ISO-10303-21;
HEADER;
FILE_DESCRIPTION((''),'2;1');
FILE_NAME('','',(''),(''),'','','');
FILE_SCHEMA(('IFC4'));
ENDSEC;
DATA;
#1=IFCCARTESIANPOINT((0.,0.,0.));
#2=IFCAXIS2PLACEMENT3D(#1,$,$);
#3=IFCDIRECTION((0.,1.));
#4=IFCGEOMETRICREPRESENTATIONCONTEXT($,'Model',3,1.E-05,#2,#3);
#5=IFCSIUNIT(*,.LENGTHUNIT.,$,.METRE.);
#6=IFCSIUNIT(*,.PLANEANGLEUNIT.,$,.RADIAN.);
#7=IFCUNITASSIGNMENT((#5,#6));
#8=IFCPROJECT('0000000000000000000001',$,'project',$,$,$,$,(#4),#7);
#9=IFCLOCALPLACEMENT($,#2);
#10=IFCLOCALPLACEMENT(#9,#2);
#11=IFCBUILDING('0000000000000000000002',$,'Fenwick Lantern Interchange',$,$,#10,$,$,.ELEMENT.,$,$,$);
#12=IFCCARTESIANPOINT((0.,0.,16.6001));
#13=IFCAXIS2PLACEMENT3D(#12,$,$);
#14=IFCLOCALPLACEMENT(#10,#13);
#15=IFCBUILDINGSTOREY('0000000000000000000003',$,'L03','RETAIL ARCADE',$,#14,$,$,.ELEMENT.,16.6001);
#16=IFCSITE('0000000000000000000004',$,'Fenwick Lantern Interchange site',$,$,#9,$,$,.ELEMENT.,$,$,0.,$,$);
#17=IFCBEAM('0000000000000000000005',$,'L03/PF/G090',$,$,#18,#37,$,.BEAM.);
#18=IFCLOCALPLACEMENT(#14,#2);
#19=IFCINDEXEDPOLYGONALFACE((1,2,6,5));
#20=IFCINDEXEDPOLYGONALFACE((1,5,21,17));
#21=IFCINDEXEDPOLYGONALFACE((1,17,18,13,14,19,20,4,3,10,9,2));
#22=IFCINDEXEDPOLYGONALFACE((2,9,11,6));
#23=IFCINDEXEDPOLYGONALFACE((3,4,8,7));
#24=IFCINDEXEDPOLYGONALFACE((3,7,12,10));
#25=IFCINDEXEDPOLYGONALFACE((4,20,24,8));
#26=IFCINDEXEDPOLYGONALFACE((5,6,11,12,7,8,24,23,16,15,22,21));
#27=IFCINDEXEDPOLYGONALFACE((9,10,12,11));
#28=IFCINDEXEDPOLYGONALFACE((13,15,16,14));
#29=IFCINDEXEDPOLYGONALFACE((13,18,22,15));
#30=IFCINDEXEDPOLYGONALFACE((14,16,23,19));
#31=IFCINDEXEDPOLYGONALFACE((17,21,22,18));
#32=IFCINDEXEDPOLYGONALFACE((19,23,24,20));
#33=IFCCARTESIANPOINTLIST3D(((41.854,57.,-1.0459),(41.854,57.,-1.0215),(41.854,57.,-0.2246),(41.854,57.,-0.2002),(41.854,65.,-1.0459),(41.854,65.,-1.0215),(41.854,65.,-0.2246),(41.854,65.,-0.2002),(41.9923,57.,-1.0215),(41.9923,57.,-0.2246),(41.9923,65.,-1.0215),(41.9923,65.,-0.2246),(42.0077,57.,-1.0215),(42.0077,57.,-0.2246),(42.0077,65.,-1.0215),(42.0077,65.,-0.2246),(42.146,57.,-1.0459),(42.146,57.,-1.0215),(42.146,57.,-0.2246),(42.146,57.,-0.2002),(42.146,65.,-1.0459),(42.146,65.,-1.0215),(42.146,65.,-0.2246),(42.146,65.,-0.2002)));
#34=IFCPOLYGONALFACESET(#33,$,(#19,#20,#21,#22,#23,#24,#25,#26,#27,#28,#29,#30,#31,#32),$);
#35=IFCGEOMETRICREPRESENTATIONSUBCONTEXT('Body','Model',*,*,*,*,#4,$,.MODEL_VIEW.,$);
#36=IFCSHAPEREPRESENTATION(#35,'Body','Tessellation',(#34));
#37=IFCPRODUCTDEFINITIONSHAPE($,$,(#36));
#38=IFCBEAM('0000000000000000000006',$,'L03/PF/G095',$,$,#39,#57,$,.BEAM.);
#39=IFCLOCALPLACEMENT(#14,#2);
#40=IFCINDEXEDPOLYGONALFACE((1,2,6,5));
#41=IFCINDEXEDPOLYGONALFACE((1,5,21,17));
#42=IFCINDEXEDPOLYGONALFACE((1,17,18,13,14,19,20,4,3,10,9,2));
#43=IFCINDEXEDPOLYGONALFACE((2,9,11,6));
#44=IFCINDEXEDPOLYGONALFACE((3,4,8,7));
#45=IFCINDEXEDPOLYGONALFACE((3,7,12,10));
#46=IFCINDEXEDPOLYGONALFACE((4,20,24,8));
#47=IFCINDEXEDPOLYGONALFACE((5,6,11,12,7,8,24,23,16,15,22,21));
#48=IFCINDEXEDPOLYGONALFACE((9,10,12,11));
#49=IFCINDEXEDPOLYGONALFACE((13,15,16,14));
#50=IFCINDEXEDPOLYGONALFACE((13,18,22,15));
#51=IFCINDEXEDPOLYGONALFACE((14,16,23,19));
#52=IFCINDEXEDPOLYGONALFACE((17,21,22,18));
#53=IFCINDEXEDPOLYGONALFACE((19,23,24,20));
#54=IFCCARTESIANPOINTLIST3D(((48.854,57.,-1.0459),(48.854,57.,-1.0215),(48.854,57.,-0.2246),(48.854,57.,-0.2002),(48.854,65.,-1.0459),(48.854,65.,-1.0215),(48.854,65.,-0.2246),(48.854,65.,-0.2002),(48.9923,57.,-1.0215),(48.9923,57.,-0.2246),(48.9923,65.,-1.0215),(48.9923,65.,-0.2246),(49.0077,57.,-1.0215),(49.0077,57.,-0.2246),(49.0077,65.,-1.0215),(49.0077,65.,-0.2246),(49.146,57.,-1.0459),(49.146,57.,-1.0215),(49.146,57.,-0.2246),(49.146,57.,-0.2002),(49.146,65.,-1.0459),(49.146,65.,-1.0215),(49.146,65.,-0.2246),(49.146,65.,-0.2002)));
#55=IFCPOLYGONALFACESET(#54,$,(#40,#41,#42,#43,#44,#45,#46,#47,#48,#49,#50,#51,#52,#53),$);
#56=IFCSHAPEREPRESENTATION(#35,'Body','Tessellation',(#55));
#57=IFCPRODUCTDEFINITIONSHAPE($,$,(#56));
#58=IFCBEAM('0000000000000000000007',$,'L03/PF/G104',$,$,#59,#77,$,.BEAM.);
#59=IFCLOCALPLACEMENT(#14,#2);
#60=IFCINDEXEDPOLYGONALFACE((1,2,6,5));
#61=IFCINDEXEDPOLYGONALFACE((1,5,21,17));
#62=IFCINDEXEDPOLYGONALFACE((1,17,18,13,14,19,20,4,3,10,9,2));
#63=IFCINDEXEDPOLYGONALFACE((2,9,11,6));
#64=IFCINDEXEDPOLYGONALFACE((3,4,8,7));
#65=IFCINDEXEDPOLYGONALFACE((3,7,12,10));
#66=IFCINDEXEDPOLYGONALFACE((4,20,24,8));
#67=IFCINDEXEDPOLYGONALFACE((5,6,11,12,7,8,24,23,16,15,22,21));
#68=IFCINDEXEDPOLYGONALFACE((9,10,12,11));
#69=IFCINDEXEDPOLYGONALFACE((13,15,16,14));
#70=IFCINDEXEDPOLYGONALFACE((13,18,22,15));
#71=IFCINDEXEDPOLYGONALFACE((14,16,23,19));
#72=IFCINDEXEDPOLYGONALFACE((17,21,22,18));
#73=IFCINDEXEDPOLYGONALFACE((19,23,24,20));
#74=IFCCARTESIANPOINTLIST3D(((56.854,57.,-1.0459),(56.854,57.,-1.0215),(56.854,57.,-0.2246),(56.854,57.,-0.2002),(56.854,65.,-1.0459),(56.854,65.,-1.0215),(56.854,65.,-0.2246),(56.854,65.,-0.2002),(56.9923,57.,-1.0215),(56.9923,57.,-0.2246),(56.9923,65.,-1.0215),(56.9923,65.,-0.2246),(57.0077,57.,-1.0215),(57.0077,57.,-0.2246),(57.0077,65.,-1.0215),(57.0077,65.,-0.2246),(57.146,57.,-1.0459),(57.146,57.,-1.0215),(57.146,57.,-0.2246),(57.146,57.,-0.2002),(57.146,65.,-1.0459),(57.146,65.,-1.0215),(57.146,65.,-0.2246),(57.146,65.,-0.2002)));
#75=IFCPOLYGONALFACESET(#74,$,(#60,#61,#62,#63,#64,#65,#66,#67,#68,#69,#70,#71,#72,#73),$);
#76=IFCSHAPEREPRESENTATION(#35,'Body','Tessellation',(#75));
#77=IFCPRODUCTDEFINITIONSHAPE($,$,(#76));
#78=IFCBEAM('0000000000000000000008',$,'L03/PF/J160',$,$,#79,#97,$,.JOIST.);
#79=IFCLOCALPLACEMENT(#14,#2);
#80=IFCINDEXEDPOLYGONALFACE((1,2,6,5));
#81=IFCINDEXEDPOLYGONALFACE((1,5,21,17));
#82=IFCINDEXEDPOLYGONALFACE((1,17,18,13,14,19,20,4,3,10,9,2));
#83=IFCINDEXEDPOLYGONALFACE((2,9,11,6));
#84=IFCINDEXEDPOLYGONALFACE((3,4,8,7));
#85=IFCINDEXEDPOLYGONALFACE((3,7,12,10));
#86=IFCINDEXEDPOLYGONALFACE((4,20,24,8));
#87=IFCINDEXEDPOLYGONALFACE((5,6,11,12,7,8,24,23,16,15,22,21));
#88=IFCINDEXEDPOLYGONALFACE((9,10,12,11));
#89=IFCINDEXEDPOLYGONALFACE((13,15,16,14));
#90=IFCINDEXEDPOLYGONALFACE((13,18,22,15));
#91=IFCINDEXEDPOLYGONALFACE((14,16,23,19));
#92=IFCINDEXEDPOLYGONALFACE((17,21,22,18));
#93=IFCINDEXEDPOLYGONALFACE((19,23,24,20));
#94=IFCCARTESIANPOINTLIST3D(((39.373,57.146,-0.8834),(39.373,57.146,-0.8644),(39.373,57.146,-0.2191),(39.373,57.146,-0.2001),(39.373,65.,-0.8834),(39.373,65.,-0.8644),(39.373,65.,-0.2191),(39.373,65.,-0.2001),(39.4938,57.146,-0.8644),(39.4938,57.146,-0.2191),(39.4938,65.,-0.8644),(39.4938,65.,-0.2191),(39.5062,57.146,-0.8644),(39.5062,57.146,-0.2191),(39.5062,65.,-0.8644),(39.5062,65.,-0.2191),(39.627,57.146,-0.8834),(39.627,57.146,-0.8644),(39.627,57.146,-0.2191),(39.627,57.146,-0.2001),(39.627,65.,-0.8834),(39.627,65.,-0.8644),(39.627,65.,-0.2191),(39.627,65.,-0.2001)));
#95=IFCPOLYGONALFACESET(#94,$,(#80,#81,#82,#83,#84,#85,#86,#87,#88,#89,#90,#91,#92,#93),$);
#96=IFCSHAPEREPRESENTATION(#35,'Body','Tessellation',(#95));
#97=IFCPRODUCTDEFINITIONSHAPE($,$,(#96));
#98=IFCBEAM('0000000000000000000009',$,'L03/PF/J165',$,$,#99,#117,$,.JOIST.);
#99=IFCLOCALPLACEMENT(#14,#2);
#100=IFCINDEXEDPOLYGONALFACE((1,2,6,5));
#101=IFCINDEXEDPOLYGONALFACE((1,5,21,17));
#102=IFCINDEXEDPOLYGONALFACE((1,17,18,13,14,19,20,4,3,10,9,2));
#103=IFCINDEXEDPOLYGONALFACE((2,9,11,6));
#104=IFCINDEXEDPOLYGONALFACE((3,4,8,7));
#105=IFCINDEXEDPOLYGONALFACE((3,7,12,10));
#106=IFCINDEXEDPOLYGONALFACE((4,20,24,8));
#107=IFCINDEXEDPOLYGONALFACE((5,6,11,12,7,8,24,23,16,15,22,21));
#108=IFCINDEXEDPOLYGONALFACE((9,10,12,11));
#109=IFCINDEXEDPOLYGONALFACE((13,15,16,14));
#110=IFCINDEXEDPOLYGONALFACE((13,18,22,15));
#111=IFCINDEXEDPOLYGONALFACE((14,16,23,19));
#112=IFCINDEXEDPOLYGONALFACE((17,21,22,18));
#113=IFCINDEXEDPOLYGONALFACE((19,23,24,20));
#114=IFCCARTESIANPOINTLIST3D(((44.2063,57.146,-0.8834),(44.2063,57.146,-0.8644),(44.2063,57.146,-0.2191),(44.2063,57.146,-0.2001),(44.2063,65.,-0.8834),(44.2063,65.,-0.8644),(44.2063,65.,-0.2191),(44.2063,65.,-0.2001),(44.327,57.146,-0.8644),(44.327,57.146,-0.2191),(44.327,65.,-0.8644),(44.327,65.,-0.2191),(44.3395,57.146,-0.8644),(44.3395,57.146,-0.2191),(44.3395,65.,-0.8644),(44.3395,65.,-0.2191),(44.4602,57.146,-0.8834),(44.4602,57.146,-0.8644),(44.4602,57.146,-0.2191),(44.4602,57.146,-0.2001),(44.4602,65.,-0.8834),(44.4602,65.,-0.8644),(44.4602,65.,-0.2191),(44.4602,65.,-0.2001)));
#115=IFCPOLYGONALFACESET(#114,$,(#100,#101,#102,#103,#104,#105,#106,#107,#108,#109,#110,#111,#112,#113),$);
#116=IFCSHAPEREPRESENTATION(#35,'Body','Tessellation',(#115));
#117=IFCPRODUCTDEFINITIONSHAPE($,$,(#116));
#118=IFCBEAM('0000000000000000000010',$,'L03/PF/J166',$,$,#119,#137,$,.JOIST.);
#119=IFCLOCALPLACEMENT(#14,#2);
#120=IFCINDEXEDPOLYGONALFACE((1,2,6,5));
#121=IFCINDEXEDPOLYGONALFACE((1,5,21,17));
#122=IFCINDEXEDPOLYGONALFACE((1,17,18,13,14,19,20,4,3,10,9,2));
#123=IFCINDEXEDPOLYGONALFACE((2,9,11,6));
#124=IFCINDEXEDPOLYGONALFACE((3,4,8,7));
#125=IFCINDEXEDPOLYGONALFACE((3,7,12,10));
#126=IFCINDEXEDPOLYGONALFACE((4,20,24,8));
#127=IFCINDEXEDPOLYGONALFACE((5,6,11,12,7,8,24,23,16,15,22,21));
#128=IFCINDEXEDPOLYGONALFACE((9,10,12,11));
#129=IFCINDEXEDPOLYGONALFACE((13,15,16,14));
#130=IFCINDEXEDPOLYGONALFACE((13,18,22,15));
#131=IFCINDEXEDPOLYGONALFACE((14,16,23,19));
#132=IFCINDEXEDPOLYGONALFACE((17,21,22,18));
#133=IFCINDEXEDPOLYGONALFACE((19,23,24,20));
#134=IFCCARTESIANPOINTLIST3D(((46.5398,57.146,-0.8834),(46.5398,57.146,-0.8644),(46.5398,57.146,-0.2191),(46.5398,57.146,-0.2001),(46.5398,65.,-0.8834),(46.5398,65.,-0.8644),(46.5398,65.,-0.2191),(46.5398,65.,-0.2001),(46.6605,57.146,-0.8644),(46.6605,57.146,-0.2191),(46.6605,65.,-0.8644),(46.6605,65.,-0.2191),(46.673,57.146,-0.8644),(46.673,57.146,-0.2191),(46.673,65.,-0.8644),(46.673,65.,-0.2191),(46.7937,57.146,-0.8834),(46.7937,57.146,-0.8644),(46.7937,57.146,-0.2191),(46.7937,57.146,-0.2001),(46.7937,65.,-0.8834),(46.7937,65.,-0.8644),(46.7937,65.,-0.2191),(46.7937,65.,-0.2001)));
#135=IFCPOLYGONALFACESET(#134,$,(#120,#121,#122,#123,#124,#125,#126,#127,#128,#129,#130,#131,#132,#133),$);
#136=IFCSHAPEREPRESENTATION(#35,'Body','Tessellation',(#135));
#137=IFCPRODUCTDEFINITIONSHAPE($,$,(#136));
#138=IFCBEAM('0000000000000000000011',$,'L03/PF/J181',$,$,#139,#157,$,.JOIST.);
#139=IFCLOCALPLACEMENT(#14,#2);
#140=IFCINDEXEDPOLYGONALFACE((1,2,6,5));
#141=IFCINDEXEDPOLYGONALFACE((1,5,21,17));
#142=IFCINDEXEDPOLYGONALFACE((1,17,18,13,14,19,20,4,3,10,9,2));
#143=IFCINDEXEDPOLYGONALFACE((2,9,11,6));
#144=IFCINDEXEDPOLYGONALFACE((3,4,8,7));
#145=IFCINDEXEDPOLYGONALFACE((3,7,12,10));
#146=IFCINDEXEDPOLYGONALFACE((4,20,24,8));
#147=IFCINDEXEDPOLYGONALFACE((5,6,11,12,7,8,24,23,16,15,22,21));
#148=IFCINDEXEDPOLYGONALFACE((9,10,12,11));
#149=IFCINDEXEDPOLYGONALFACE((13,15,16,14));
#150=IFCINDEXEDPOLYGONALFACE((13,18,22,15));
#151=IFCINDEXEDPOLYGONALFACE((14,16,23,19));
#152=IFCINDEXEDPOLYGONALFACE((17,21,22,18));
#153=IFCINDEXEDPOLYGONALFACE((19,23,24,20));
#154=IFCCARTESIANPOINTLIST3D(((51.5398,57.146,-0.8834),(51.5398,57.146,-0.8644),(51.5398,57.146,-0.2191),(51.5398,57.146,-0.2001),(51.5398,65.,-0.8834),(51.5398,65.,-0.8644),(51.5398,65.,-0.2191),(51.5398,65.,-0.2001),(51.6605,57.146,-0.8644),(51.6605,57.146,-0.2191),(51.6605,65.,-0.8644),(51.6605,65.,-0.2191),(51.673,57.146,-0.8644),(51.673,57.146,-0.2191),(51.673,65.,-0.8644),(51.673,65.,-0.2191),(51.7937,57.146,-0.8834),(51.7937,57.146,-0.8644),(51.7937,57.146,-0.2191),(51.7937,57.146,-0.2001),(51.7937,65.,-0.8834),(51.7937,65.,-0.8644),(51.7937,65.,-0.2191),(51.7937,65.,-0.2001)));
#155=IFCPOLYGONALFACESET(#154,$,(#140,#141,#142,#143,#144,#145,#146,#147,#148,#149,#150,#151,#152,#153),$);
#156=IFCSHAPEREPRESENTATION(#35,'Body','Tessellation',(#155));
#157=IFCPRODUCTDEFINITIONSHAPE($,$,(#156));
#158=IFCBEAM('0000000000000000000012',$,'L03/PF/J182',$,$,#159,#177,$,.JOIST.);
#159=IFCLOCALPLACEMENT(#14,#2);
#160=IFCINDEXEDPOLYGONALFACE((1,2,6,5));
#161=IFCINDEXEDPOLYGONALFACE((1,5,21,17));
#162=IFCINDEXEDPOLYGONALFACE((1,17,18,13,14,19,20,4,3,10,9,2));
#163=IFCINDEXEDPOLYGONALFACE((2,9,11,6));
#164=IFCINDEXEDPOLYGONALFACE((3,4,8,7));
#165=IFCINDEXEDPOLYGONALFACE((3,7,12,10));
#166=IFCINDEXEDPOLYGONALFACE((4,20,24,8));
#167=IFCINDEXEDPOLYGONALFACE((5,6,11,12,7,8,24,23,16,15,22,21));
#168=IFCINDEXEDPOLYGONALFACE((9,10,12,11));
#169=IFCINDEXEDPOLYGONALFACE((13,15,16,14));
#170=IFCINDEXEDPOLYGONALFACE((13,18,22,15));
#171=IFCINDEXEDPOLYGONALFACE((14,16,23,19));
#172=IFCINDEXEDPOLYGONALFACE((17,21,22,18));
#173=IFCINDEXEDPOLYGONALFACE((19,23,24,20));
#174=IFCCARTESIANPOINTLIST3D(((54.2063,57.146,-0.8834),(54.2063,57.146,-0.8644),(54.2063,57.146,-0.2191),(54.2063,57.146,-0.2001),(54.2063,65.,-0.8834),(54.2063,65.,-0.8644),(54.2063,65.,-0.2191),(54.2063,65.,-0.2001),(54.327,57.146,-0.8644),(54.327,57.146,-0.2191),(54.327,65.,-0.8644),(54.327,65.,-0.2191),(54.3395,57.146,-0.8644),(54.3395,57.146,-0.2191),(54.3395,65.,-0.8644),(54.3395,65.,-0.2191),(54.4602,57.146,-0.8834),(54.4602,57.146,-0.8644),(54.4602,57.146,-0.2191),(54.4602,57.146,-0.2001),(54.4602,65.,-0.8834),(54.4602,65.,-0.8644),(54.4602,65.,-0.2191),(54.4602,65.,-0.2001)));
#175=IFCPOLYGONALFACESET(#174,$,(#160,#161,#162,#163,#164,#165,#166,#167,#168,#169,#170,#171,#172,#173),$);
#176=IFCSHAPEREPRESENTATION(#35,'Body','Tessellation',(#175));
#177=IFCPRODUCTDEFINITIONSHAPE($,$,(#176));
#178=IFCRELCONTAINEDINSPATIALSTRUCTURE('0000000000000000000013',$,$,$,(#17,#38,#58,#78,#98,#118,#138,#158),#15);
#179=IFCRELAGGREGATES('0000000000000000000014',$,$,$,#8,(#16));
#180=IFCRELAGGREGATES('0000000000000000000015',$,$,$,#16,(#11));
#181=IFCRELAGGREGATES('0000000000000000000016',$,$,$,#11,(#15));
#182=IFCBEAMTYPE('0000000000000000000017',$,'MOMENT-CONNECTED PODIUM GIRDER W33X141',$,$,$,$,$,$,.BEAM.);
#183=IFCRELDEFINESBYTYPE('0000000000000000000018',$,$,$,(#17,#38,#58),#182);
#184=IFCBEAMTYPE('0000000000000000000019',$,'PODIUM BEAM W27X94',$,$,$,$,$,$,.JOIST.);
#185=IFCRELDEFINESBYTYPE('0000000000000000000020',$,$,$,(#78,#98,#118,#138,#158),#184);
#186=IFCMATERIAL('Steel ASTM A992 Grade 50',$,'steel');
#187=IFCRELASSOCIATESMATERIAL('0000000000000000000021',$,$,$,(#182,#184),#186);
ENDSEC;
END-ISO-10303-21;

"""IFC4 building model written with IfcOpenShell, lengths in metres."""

from ifc_helpers import new_model, si_unit, direction, frame, origin, origin_2d, place, context, subcontext, project, spatial, i_section, extrude, material, material_profile, profile_set, type_object, element, save


model = new_model("IFC4")

# Units and contexts
model_context = context("Model", 3, precision=1e-05, world=origin(), true_north=direction((0.0, 1.0)))
body_context = subcontext(model_context, "Body", "Model", "MODEL_VIEW")
ifc_project = project(units=[si_unit("LENGTHUNIT", "METRE"), si_unit("PLANEANGLEUNIT", "RADIAN")], contexts=[model_context])

# Site, building, storey
site_placement = place(None, origin())
site = spatial("IfcSite", under=ifc_project, at=site_placement, Name="Fenwick Lantern Interchange site", CompositionType="ELEMENT", RefElevation=0.0)
building_placement = place(site_placement, origin())
building = spatial("IfcBuilding", under=site, at=building_placement, Name="Fenwick Lantern Interchange", CompositionType="ELEMENT")
storey_placement = place(building_placement, frame((0.0, 0.0, 16.6001)))
storey = spatial("IfcBuildingStorey", under=building, at=storey_placement, Name="L03", Description="RETAIL ARCADE", CompositionType="ELEMENT", Elevation=16.6001)

# Shared definitions
ifc_material_1 = material(Name="Steel ASTM A992 Grade 50", Category="steel")

# Beams
ifc_material_profile_1 = material_profile(ifc_material_1, i_section(OverallWidth=0.292, OverallDepth=0.8457, WebThickness=0.0154, FlangeThickness=0.0244, at=origin_2d()), Name="W33X141")
ifc_profile_set_1 = profile_set([ifc_material_profile_1], Name="Steel ASTM A992 Grade 50")
beam_type_1 = type_object("IfcBeamType", Name="MOMENT-CONNECTED PODIUM GIRDER W33X141", PredefinedType="BEAM", material=ifc_profile_set_1)
for number, where, z_axis, x_axis, name in (
    (1, (42.0, 57.0, -0.623), (0.0, 1.0, 0.0), (-1.0, 0.0, 0.0), "L03/PF/G090"),
    (2, (49.0, 57.0, -0.623), (0.0, 1.0, 0.0), (-1.0, 0.0, 0.0), "L03/PF/G095"),
    (3, (57.0, 57.0, -0.623), (0.0, 1.0, 0.0), (-1.0, 0.0, 0.0), "L03/PF/G104"),
):
    element("IfcBeam", number, at=place(storey_placement, frame(where, z_axis=z_axis, x_axis=x_axis)), inside=storey, type_object=beam_type_1, Name=name, PredefinedType="BEAM", context=body_context, shape_type="SweptSolid", body=[
        extrude(i_section(OverallWidth=0.292, OverallDepth=0.8457, WebThickness=0.0154, FlangeThickness=0.0244, at=origin_2d()), origin(), (0.0, 0.0, 1.0), 8.0),
    ])
ifc_material_profile_2 = material_profile(ifc_material_1, i_section(OverallWidth=0.2539, OverallDepth=0.6833, WebThickness=0.0125, FlangeThickness=0.019, at=origin_2d()), Name="W27X94")
ifc_profile_set_2 = profile_set([ifc_material_profile_2], Name="Steel ASTM A992 Grade 50")
beam_type_2 = type_object("IfcBeamType", Name="PODIUM BEAM W27X94", PredefinedType="JOIST", material=ifc_profile_set_2)
for number, where, z_axis, x_axis, name in (
    (4, (39.5, 57.146, -0.5417), (0.0, 1.0, 0.0), (-1.0, 0.0, 0.0), "L03/PF/J160"),
    (5, (44.3333, 57.146, -0.5417), (0.0, 1.0, 0.0), (-1.0, 0.0, 0.0), "L03/PF/J165"),
    (6, (46.6667, 57.146, -0.5417), (0.0, 1.0, 0.0), (-1.0, 0.0, 0.0), "L03/PF/J166"),
    (7, (51.6667, 57.146, -0.5417), (0.0, 1.0, 0.0), (-1.0, 0.0, 0.0), "L03/PF/J181"),
    (8, (54.3333, 57.146, -0.5417), (0.0, 1.0, 0.0), (-1.0, 0.0, 0.0), "L03/PF/J182"),
):
    element("IfcBeam", number, at=place(storey_placement, frame(where, z_axis=z_axis, x_axis=x_axis)), inside=storey, type_object=beam_type_2, Name=name, PredefinedType="JOIST", context=body_context, shape_type="SweptSolid", body=[
        extrude(i_section(OverallWidth=0.2539, OverallDepth=0.6833, WebThickness=0.0125, FlangeThickness=0.019, at=origin_2d()), origin(), (0.0, 0.0, 1.0), 7.854),
    ])

save(model, "model.ifc")
